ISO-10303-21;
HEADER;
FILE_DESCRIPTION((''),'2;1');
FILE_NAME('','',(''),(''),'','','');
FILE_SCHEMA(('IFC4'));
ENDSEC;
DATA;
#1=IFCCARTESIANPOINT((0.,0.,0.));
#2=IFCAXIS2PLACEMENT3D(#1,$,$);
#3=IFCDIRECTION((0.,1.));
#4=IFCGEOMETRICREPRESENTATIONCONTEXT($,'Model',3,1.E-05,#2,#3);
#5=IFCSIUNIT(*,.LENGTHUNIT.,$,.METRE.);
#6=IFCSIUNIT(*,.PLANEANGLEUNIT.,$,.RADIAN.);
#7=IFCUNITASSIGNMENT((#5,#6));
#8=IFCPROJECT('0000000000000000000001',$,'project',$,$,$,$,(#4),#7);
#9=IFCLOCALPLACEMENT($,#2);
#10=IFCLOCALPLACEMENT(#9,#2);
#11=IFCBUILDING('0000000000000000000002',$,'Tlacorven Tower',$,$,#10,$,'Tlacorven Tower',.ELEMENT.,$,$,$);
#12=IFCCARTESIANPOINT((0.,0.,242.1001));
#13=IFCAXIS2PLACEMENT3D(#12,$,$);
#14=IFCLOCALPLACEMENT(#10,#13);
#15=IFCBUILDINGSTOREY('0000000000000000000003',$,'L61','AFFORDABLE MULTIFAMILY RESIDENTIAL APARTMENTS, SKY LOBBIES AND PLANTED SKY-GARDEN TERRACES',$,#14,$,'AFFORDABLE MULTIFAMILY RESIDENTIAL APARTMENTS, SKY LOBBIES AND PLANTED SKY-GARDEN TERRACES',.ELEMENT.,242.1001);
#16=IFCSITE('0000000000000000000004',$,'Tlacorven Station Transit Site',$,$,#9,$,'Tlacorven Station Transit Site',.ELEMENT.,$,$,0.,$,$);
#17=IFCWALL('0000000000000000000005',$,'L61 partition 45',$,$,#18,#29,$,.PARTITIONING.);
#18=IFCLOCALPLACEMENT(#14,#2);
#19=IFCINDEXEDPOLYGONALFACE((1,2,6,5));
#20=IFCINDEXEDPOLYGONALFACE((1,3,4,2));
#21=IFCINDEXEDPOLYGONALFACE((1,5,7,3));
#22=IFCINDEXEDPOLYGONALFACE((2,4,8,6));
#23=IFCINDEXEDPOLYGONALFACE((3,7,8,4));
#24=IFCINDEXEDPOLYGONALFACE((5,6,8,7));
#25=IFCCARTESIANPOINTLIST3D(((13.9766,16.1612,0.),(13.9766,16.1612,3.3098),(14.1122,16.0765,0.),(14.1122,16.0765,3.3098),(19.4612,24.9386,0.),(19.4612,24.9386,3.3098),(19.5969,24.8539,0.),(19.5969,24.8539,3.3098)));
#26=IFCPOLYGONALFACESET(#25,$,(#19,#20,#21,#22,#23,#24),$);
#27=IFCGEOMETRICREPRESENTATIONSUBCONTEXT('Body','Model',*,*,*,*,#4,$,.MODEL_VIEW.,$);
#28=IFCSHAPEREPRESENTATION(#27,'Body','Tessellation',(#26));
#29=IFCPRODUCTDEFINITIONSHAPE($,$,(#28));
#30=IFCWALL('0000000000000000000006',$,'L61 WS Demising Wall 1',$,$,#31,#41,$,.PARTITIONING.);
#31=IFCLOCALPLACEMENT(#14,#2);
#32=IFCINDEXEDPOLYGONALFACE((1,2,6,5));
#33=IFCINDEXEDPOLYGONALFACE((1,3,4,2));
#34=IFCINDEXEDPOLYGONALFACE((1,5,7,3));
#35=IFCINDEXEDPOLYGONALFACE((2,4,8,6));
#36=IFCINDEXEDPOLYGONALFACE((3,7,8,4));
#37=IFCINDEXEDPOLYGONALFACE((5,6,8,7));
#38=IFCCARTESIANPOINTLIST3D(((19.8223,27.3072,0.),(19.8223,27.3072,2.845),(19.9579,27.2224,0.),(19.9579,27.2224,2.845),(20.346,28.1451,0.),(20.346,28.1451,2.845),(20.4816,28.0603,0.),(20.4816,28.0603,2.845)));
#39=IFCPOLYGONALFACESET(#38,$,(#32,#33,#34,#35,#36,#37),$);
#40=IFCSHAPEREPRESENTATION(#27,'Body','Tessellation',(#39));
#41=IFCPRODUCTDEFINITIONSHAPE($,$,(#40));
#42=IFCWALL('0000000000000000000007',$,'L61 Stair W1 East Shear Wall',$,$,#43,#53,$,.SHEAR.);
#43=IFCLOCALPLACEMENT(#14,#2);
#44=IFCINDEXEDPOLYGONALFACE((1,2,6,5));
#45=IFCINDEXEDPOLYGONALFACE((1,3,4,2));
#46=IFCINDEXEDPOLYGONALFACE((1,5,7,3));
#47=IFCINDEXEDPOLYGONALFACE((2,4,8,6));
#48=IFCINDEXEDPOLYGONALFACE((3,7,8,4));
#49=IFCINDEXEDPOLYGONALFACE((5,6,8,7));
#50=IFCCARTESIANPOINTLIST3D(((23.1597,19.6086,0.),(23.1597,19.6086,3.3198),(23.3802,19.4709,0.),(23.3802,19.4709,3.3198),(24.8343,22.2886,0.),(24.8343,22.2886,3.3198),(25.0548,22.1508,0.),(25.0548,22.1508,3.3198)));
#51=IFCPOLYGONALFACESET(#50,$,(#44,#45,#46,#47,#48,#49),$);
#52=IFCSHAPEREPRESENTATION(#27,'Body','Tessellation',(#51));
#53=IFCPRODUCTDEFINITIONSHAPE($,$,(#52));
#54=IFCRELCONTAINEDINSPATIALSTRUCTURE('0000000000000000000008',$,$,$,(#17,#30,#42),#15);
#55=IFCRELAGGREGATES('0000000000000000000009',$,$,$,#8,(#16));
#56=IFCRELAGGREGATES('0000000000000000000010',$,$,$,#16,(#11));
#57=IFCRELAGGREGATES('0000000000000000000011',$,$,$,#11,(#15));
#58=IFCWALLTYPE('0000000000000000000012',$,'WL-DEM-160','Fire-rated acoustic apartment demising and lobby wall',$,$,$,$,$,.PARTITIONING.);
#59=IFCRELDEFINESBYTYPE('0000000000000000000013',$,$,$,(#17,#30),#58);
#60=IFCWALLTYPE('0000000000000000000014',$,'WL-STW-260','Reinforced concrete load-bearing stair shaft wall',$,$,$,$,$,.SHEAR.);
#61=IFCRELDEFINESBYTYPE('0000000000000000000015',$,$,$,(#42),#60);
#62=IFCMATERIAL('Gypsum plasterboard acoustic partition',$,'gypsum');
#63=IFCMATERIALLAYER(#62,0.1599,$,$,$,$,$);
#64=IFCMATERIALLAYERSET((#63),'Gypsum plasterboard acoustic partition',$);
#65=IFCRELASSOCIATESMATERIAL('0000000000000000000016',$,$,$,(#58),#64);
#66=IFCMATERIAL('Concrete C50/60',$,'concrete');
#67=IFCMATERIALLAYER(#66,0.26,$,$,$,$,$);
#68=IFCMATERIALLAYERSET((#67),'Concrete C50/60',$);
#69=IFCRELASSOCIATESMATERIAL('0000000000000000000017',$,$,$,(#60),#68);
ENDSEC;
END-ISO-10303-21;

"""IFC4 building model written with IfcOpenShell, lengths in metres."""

from ifc_helpers import new_model, si_unit, direction, frame, frame_2d, origin, place, context, subcontext, project, spatial, rectangle, extrude, material, layer, layer_set, type_object, element, save


model = new_model("IFC4")

# Units and contexts
model_context = context("Model", 3, precision=1e-05, world=origin(), true_north=direction((0.0, 1.0)))
body_context = subcontext(model_context, "Body", "Model", "MODEL_VIEW")
ifc_project = project(units=[si_unit("LENGTHUNIT", "METRE"), si_unit("PLANEANGLEUNIT", "RADIAN")], contexts=[model_context])

# Site, building, storey
site_placement = place(None, origin())
site = spatial("IfcSite", under=ifc_project, at=site_placement, Name="Tlacorven Station Transit Site", LongName="Tlacorven Station Transit Site", CompositionType="ELEMENT", RefElevation=0.0)
building_placement = place(site_placement, origin())
building = spatial("IfcBuilding", under=site, at=building_placement, Name="Tlacorven Tower", LongName="Tlacorven Tower", CompositionType="ELEMENT")
storey_placement = place(building_placement, frame((0.0, 0.0, 242.1001)))
storey = spatial("IfcBuildingStorey", under=building, at=storey_placement, Name="L61", Description="AFFORDABLE MULTIFAMILY RESIDENTIAL APARTMENTS, SKY LOBBIES AND PLANTED SKY-GARDEN TERRACES", LongName="AFFORDABLE MULTIFAMILY RESIDENTIAL APARTMENTS, SKY LOBBIES AND PLANTED SKY-GARDEN TERRACES", CompositionType="ELEMENT", Elevation=242.1001)

# Shared definitions
ifc_material_1 = material(Name="Concrete C50/60", Category="concrete")
ifc_material_2 = material(Name="Gypsum plasterboard acoustic partition", Category="gypsum")
ifc_layer_1 = layer(ifc_material_2, 0.1599)
ifc_layer_set_1 = layer_set([ifc_layer_1], Name="Gypsum plasterboard acoustic partition")
wall_type_1 = type_object("IfcWallType", Name="WL-DEM-160", Description="Fire-rated acoustic apartment demising and lobby wall", PredefinedType="PARTITIONING", material=ifc_layer_set_1)

# Walls
wall_1_placement = place(storey_placement, frame((19.5291, 24.8962, 0.0), z_axis=(0.0, 0.0, 1.0), x_axis=(-0.529914, -0.848051, 0.0)))
element("IfcWall", 1, at=wall_1_placement, inside=storey, type_object=wall_type_1, Name="L61 partition 45", PredefinedType="PARTITIONING", context=body_context, shape_type="SweptSolid", body=[
    extrude(rectangle(XDim=10.3501, YDim=0.1599, at=frame_2d((5.175, 0.0))), origin(), (0.0, 0.0, 1.0), 3.3098),
])
wall_2_placement = place(storey_placement, frame((20.4138, 28.1028, 0.0), z_axis=(0.0, 0.0, 1.0), x_axis=(-0.529999, -0.847998, 0.0)))
element("IfcWall", 2, at=wall_2_placement, inside=storey, type_object=wall_type_1, Name="L61 WS Demising Wall 1", PredefinedType="PARTITIONING", context=body_context, shape_type="SweptSolid", body=[
    extrude(rectangle(XDim=0.988, YDim=0.1599, at=frame_2d((0.4941, 0.0))), origin(), (0.0, 0.0, 1.0), 2.845),
])
ifc_layer_2 = layer(ifc_material_1, 0.26)
ifc_layer_set_2 = layer_set([ifc_layer_2], Name="Concrete C50/60")
wall_type_2 = type_object("IfcWallType", Name="WL-STW-260", Description="Reinforced concrete load-bearing stair shaft wall", PredefinedType="SHEAR", material=ifc_layer_set_2)
wall_3_placement = place(storey_placement, frame((24.9446, 22.2197, 0.0), z_axis=(0.0, 0.0, 1.0), x_axis=(-0.529909, -0.848055, 0.0)))
element("IfcWall", 3, at=wall_3_placement, inside=storey, type_object=wall_type_2, Name="L61 Stair W1 East Shear Wall", PredefinedType="SHEAR", context=body_context, shape_type="SweptSolid", body=[
    extrude(rectangle(XDim=3.1602, YDim=0.26, at=frame_2d((1.5801, 0.0))), origin(), (0.0, 0.0, 1.0), 3.3198),
])

save(model, "model.ifc")
